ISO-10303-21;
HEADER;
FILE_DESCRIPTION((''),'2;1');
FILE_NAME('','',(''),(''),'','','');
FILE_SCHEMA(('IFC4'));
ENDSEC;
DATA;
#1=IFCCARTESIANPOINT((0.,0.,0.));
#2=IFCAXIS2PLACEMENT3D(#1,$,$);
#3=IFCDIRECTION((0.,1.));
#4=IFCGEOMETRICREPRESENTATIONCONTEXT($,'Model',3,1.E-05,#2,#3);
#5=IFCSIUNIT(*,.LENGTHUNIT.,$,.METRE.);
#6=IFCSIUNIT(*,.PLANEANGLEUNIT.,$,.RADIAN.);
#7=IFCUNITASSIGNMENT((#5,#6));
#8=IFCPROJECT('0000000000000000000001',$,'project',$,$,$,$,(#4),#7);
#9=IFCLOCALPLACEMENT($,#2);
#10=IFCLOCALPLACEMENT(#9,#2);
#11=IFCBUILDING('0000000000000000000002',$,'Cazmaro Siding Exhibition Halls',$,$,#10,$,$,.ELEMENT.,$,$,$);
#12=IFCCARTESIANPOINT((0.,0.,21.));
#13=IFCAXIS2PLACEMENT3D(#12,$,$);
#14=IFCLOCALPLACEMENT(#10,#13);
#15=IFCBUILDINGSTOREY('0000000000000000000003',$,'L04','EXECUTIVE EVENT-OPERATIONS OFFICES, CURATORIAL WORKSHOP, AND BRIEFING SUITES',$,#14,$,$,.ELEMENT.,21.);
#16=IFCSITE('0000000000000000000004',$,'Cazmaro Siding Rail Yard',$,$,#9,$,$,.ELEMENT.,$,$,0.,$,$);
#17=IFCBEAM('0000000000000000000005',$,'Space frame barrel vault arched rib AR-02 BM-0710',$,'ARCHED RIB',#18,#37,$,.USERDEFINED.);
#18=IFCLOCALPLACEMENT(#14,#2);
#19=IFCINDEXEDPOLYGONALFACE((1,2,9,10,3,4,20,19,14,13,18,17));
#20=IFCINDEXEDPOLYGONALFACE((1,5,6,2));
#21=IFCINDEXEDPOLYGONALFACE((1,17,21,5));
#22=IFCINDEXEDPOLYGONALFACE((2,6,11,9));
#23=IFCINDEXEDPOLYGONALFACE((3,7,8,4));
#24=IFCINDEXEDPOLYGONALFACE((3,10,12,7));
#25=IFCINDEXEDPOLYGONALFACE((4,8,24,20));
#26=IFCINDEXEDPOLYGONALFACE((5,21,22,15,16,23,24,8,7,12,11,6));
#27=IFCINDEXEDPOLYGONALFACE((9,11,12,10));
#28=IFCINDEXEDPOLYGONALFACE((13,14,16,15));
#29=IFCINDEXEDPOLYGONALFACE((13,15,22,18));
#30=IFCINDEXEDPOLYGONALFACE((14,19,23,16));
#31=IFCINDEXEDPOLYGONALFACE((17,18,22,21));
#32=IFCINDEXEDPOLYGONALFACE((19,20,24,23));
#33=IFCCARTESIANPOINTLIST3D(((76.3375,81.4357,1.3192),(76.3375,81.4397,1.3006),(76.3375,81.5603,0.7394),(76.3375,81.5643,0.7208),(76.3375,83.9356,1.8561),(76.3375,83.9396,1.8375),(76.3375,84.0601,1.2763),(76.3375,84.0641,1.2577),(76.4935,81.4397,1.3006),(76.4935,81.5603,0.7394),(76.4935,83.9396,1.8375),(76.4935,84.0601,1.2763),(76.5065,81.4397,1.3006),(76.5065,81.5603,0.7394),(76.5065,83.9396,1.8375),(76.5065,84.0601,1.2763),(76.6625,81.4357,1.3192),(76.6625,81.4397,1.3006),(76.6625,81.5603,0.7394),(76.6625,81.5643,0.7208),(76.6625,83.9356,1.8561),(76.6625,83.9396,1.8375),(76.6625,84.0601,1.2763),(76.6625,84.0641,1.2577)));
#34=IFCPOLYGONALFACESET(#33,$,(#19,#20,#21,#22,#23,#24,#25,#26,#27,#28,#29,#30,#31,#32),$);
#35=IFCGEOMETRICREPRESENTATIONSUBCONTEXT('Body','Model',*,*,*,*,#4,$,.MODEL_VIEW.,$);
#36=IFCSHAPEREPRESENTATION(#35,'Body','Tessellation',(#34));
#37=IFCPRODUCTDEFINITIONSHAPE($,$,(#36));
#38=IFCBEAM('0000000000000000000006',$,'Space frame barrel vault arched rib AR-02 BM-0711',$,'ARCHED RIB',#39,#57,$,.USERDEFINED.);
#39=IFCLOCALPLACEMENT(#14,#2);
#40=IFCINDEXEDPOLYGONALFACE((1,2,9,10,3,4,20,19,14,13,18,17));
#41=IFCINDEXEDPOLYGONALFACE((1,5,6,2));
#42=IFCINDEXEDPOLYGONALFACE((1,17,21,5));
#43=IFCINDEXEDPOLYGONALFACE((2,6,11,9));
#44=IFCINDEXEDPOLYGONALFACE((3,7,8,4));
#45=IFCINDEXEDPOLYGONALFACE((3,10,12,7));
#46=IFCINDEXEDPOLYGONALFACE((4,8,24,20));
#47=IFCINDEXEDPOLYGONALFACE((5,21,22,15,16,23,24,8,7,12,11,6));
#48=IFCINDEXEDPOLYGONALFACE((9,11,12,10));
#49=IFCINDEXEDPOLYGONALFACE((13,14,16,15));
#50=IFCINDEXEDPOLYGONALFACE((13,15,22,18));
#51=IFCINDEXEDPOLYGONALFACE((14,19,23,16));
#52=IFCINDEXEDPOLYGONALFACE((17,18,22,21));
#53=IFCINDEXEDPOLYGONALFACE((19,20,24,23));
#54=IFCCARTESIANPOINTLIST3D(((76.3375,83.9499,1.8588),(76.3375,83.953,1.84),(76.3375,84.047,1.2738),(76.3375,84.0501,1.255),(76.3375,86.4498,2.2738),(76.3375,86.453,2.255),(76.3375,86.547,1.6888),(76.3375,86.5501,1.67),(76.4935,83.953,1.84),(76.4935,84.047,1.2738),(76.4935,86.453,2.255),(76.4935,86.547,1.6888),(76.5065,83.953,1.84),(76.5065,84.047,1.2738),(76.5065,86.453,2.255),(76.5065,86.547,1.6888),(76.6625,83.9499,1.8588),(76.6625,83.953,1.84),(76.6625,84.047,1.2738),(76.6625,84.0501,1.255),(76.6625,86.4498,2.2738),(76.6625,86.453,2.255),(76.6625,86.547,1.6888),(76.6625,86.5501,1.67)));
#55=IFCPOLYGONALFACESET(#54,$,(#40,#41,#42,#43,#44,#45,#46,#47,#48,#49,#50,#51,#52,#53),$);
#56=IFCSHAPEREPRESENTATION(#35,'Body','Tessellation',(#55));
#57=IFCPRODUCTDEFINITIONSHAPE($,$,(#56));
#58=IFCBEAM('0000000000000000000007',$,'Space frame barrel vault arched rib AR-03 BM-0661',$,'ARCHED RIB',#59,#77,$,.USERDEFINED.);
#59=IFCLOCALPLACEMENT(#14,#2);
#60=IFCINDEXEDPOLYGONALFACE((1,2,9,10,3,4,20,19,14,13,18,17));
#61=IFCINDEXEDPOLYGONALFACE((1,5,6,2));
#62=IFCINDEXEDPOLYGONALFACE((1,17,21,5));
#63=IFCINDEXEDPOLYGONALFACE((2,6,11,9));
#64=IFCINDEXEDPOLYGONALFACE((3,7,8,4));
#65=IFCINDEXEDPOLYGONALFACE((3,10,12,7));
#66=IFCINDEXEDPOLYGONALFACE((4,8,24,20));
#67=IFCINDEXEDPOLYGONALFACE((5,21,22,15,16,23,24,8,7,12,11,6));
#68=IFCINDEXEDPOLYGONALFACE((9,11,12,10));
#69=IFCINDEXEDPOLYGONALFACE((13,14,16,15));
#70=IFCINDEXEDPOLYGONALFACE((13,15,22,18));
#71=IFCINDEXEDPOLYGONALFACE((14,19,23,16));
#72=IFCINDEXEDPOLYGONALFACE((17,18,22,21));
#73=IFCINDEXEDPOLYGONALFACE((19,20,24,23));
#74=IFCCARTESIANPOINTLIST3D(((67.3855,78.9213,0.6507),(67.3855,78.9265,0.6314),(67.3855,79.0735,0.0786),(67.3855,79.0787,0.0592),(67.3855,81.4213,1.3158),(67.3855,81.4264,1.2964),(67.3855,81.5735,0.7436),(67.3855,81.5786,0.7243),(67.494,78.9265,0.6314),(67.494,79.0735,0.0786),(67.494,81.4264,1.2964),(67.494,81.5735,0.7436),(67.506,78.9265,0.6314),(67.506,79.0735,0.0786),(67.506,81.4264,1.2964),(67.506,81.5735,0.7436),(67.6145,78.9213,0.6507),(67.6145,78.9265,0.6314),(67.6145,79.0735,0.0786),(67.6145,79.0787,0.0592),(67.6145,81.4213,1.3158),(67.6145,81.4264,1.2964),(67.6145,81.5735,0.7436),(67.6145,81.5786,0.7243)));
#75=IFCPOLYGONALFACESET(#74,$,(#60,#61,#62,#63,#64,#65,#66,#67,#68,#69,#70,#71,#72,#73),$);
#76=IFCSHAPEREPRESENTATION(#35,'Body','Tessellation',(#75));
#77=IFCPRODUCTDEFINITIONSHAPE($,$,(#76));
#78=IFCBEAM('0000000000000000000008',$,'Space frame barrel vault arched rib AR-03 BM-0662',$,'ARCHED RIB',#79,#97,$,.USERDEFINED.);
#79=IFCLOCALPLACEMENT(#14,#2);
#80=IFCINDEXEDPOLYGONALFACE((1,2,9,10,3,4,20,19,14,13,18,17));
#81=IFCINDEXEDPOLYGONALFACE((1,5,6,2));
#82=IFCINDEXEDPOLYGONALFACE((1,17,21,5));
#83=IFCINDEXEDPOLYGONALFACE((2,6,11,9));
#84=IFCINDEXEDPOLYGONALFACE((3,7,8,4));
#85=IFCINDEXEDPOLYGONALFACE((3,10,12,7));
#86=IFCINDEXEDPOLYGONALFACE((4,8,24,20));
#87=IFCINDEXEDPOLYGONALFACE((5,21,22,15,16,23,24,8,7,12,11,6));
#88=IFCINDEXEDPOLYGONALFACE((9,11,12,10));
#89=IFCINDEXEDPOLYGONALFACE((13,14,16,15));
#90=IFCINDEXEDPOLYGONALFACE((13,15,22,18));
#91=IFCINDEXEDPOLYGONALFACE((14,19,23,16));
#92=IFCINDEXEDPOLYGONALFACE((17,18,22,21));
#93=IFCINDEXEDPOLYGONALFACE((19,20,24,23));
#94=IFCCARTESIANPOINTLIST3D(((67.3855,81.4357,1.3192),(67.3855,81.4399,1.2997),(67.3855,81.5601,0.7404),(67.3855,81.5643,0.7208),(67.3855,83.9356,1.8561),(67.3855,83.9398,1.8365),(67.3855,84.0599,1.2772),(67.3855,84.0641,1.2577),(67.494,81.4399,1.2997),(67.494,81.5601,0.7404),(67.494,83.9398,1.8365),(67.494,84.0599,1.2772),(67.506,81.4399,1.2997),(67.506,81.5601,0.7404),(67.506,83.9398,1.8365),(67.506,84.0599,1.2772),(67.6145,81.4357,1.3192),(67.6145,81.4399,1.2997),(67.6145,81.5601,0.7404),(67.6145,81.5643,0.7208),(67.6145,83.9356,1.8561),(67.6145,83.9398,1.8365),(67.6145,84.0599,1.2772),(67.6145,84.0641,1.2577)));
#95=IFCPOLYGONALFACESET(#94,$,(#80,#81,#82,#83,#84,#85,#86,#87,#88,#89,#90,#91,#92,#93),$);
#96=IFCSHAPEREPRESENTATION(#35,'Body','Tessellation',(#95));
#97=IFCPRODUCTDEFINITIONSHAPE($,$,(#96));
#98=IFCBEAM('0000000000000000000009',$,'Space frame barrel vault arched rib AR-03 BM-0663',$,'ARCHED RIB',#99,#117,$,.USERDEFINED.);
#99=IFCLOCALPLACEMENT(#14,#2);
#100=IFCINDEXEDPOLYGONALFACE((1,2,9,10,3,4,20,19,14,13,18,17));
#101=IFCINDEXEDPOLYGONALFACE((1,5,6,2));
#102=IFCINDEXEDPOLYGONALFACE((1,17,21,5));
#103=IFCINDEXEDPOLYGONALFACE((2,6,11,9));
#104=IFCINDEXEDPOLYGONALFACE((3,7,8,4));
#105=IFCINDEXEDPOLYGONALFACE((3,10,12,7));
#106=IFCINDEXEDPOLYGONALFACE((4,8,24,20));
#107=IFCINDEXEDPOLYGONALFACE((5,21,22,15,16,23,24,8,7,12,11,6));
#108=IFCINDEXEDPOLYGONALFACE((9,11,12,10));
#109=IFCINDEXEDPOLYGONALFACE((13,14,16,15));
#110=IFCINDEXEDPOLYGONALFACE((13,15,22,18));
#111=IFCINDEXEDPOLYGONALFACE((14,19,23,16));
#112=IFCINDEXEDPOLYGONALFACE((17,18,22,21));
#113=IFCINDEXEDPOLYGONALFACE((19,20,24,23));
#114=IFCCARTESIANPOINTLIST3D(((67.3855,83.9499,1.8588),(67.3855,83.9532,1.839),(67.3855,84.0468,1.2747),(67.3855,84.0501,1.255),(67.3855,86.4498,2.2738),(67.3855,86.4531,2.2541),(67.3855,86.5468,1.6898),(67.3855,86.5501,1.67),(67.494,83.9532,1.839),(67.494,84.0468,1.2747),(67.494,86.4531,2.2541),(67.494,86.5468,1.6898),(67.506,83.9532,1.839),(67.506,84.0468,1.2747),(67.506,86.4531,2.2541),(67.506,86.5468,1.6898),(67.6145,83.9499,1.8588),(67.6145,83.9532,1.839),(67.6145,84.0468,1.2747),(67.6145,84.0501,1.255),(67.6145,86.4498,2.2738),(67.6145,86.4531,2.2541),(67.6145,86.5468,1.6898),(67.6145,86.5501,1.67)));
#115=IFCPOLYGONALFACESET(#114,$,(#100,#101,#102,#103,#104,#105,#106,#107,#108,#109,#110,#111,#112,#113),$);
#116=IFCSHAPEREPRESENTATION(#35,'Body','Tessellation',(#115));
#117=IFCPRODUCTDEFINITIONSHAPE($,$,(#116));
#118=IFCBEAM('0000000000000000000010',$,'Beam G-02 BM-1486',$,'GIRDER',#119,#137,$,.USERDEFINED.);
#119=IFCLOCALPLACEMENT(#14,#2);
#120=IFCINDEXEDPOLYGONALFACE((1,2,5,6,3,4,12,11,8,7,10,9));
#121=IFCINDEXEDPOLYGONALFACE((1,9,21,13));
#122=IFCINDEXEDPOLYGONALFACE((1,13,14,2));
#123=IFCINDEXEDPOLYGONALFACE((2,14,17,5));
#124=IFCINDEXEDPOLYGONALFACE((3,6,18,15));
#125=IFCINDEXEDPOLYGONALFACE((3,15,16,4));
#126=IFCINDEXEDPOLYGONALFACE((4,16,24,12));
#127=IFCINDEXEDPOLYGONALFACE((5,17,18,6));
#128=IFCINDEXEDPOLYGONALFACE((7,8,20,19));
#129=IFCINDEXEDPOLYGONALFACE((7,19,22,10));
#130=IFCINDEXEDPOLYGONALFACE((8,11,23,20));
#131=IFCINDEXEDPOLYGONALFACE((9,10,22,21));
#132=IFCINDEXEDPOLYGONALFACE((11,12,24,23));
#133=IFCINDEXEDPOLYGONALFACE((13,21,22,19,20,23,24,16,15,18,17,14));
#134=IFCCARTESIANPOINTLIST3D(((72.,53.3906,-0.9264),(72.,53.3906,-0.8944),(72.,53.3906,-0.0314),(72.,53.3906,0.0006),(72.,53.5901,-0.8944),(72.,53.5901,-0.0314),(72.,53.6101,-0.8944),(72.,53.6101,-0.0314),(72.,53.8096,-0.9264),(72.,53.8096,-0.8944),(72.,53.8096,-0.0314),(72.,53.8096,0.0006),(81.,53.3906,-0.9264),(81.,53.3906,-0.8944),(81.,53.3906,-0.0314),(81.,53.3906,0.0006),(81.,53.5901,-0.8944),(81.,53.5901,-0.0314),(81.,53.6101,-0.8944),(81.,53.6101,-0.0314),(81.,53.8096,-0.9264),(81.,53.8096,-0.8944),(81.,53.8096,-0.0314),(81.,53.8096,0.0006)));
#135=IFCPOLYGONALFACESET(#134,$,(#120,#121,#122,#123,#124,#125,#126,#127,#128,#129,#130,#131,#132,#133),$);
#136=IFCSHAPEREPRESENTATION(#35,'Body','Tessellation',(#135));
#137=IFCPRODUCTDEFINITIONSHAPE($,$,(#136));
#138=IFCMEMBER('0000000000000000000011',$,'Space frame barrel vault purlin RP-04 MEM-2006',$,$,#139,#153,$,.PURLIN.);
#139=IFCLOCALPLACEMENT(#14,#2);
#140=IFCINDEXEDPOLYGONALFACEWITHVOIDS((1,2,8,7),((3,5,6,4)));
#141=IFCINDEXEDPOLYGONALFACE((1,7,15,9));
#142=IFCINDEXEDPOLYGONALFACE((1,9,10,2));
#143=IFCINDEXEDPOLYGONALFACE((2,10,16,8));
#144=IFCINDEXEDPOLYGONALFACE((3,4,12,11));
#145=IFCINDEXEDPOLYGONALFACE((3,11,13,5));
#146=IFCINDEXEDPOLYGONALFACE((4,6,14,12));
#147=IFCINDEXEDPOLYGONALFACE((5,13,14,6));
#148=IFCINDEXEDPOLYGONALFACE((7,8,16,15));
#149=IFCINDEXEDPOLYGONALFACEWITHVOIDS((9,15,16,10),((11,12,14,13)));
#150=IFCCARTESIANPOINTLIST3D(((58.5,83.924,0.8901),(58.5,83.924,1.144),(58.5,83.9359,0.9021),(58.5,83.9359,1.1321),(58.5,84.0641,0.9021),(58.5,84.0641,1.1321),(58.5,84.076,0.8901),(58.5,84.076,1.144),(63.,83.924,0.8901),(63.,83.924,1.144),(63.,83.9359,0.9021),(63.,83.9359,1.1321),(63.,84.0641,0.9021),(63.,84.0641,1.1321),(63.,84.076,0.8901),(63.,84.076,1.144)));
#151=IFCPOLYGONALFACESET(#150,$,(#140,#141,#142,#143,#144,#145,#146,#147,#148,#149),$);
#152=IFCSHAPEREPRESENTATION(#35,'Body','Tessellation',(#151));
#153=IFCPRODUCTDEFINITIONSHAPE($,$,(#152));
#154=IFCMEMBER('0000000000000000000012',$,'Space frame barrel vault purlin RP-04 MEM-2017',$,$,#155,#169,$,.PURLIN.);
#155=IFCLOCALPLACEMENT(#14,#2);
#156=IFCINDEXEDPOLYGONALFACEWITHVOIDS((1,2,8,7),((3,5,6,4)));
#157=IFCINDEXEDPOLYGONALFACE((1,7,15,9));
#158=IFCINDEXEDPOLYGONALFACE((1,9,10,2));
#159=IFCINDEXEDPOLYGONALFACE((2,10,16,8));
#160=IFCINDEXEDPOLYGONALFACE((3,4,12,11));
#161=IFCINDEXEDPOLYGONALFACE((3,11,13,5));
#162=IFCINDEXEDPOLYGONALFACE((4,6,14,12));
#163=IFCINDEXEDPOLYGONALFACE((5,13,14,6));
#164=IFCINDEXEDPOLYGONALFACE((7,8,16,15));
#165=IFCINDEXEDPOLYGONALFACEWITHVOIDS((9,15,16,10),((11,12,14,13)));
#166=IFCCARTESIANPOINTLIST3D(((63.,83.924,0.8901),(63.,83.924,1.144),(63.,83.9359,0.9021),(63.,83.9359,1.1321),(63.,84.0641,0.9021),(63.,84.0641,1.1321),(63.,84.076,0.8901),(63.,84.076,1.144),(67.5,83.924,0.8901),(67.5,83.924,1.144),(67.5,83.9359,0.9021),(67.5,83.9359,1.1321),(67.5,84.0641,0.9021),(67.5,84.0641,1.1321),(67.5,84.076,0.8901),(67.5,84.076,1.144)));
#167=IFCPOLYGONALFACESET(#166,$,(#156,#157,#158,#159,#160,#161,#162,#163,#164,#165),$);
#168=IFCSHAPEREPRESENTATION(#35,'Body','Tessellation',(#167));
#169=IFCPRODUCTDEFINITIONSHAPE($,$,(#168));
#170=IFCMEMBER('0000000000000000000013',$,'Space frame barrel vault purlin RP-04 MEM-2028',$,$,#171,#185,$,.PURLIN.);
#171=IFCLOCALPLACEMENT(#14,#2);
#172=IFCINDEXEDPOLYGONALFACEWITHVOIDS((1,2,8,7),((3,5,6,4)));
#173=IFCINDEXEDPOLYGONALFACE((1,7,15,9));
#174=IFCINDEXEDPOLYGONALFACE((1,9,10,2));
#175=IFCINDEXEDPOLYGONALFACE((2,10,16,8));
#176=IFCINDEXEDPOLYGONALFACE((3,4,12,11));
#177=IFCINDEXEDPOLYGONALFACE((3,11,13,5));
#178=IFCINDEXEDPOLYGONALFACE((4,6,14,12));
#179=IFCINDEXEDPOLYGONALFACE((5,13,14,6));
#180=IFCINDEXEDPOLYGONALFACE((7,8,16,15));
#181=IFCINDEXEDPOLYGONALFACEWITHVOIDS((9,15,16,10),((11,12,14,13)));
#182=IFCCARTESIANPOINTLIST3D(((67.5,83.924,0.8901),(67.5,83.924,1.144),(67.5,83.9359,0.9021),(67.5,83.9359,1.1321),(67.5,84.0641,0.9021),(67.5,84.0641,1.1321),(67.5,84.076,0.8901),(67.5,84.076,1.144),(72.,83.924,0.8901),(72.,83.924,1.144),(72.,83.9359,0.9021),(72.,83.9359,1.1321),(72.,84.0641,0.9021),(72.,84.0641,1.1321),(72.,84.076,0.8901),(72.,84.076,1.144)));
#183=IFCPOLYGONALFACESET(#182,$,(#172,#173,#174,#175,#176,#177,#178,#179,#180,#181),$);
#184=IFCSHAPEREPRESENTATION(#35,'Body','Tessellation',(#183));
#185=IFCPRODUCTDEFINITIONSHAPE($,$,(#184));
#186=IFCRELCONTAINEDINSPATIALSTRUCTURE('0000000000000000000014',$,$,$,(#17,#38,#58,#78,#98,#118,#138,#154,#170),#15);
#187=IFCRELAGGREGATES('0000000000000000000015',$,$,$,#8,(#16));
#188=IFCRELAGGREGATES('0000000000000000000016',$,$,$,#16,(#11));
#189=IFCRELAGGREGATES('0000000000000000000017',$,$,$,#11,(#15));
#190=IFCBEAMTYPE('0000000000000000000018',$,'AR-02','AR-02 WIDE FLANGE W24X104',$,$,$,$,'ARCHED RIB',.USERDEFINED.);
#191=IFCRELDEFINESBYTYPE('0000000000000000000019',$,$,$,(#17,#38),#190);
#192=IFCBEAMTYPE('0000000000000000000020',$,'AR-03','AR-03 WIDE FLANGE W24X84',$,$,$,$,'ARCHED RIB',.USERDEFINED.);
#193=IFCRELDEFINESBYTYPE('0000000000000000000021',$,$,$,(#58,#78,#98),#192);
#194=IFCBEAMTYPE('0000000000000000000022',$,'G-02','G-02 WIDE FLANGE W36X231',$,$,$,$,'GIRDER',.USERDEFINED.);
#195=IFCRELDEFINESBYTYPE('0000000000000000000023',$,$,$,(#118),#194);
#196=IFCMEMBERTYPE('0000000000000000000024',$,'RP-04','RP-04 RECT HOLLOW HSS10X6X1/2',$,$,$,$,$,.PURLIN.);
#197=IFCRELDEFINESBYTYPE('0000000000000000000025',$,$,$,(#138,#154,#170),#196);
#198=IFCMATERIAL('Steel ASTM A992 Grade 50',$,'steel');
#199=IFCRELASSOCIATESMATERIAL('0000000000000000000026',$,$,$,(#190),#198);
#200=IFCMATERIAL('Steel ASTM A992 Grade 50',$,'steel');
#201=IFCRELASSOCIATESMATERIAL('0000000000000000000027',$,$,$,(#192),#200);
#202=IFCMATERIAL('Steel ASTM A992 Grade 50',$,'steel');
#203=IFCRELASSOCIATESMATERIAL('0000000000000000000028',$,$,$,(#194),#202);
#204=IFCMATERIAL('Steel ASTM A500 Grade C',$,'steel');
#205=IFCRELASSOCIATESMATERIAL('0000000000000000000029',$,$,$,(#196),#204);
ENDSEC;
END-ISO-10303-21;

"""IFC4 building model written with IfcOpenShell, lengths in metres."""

from ifc_helpers import new_model, si_unit, direction, frame, origin, origin_2d, place, context, subcontext, project, spatial, hollow_rectangle, i_section, extrude, material, material_profile, profile_set, type_object, element, save


model = new_model("IFC4")

# Units and contexts
model_context = context("Model", 3, precision=1e-05, world=origin(), true_north=direction((0.0, 1.0)))
body_context = subcontext(model_context, "Body", "Model", "MODEL_VIEW")
ifc_project = project(units=[si_unit("LENGTHUNIT", "METRE"), si_unit("PLANEANGLEUNIT", "RADIAN")], contexts=[model_context])

# Site, building, storey
site_placement = place(None, origin())
site = spatial("IfcSite", under=ifc_project, at=site_placement, Name="Cazmaro Siding Rail Yard", CompositionType="ELEMENT", RefElevation=0.0)
building_placement = place(site_placement, origin())
building = spatial("IfcBuilding", under=site, at=building_placement, Name="Cazmaro Siding Exhibition Halls", CompositionType="ELEMENT")
storey_placement = place(building_placement, frame((0.0, 0.0, 21.0)))
storey = spatial("IfcBuildingStorey", under=building, at=storey_placement, Name="L04", Description="EXECUTIVE EVENT-OPERATIONS OFFICES, CURATORIAL WORKSHOP, AND BRIEFING SUITES", CompositionType="ELEMENT", Elevation=21.0)

# Beams
ifc_material_1 = material(Name="Steel ASTM A992 Grade 50", Category="steel")
ifc_material_profile_1 = material_profile(ifc_material_1, i_section(OverallWidth=0.325, OverallDepth=0.6121, WebThickness=0.0129, FlangeThickness=0.019, at=origin_2d()), Name="W24X104")
ifc_profile_set_1 = profile_set([ifc_material_profile_1], Name="Steel ASTM A992 Grade 50")
beam_type_1 = type_object("IfcBeamType", Name="AR-02", Description="AR-02 WIDE FLANGE W24X104", ElementType="ARCHED RIB", PredefinedType="USERDEFINED", material=ifc_profile_set_1)
beam_1_placement = place(storey_placement, frame((76.5, 81.5, 1.02), z_axis=(0.0, 0.97771, 0.209959), x_axis=(-1.0, 0.0, 0.0)))
element("IfcBeam", 1, at=beam_1_placement, inside=storey, type_object=beam_type_1, Name="Space frame barrel vault arched rib AR-02 BM-0710", ObjectType="ARCHED RIB", PredefinedType="USERDEFINED", context=body_context, shape_type="SweptSolid", body=[
    extrude(i_section(OverallWidth=0.325, OverallDepth=0.6121, WebThickness=0.0129, FlangeThickness=0.019, at=origin_2d()), origin(), (0.0, 0.0, 1.0), 2.5569),
])
beam_2_placement = place(storey_placement, frame((76.5, 84.0, 1.5569), z_axis=(0.0, 0.986498, 0.163774), x_axis=(-1.0, 0.0, 0.0)))
element("IfcBeam", 2, at=beam_2_placement, inside=storey, type_object=beam_type_1, Name="Space frame barrel vault arched rib AR-02 BM-0711", ObjectType="ARCHED RIB", PredefinedType="USERDEFINED", context=body_context, shape_type="SweptSolid", body=[
    extrude(i_section(OverallWidth=0.325, OverallDepth=0.6121, WebThickness=0.0129, FlangeThickness=0.019, at=origin_2d()), origin(), (0.0, 0.0, 1.0), 2.5342),
])
ifc_material_2 = material(Name="Steel ASTM A992 Grade 50", Category="steel")
ifc_material_profile_2 = material_profile(ifc_material_2, i_section(OverallWidth=0.229, OverallDepth=0.6121, WebThickness=0.012, FlangeThickness=0.02, at=origin_2d()), Name="W24X84")
ifc_profile_set_2 = profile_set([ifc_material_profile_2], Name="Steel ASTM A992 Grade 50")
beam_type_2 = type_object("IfcBeamType", Name="AR-03", Description="AR-03 WIDE FLANGE W24X84", ElementType="ARCHED RIB", PredefinedType="USERDEFINED", material=ifc_profile_set_2)
beam_3_placement = place(storey_placement, frame((67.5, 79.0, 0.355), z_axis=(0.0, 0.966391, 0.257075), x_axis=(-1.0, 0.0, 0.0)))
element("IfcBeam", 3, at=beam_3_placement, inside=storey, type_object=beam_type_2, Name="Space frame barrel vault arched rib AR-03 BM-0661", ObjectType="ARCHED RIB", PredefinedType="USERDEFINED", context=body_context, shape_type="SweptSolid", body=[
    extrude(i_section(OverallWidth=0.229, OverallDepth=0.6121, WebThickness=0.012, FlangeThickness=0.02, at=origin_2d()), origin(), (0.0, 0.0, 1.0), 2.5869),
])
beam_4_placement = place(storey_placement, frame((67.5, 81.5, 1.02), z_axis=(0.0, 0.97771, 0.209959), x_axis=(-1.0, 0.0, 0.0)))
element("IfcBeam", 4, at=beam_4_placement, inside=storey, type_object=beam_type_2, Name="Space frame barrel vault arched rib AR-03 BM-0662", ObjectType="ARCHED RIB", PredefinedType="USERDEFINED", context=body_context, shape_type="SweptSolid", body=[
    extrude(i_section(OverallWidth=0.229, OverallDepth=0.6121, WebThickness=0.012, FlangeThickness=0.02, at=origin_2d()), origin(), (0.0, 0.0, 1.0), 2.5569),
])
beam_5_placement = place(storey_placement, frame((67.5, 84.0, 1.5569), z_axis=(0.0, 0.986498, 0.163774), x_axis=(-1.0, 0.0, 0.0)))
element("IfcBeam", 5, at=beam_5_placement, inside=storey, type_object=beam_type_2, Name="Space frame barrel vault arched rib AR-03 BM-0663", ObjectType="ARCHED RIB", PredefinedType="USERDEFINED", context=body_context, shape_type="SweptSolid", body=[
    extrude(i_section(OverallWidth=0.229, OverallDepth=0.6121, WebThickness=0.012, FlangeThickness=0.02, at=origin_2d()), origin(), (0.0, 0.0, 1.0), 2.5342),
])
ifc_material_3 = material(Name="Steel ASTM A992 Grade 50", Category="steel")
ifc_material_profile_3 = material_profile(ifc_material_3, i_section(OverallWidth=0.4189, OverallDepth=0.927, WebThickness=0.02, FlangeThickness=0.032, at=origin_2d()), Name="W36X231")
ifc_profile_set_3 = profile_set([ifc_material_profile_3], Name="Steel ASTM A992 Grade 50")
beam_type_3 = type_object("IfcBeamType", Name="G-02", Description="G-02 WIDE FLANGE W36X231", ElementType="GIRDER", PredefinedType="USERDEFINED", material=ifc_profile_set_3)
beam_6_placement = place(storey_placement, frame((72.0, 53.6001, -0.4629), z_axis=(1.0, 0.0, 0.0), x_axis=(0.0, 1.0, 0.0)))
element("IfcBeam", 6, at=beam_6_placement, inside=storey, type_object=beam_type_3, Name="Beam G-02 BM-1486", ObjectType="GIRDER", PredefinedType="USERDEFINED", context=body_context, shape_type="SweptSolid", body=[
    extrude(i_section(OverallWidth=0.4189, OverallDepth=0.927, WebThickness=0.02, FlangeThickness=0.032, at=origin_2d()), origin(), (0.0, 0.0, 1.0), 9.0),
])

# Members
ifc_material_4 = material(Name="Steel ASTM A500 Grade C", Category="steel")
ifc_material_profile_4 = material_profile(ifc_material_4, hollow_rectangle(XDim=0.1521, YDim=0.2539, WallThickness=0.012, at=origin_2d()), Name="HSS10X6X1/2")
ifc_profile_set_4 = profile_set([ifc_material_profile_4], Name="Steel ASTM A500 Grade C")
member_type_1 = type_object("IfcMemberType", Name="RP-04", Description="RP-04 RECT HOLLOW HSS10X6X1/2", PredefinedType="PURLIN", material=ifc_profile_set_4)
for number, where, z_axis, x_axis, name in (
    (7, (58.5, 84.0, 1.0171), (1.0, 0.0, 0.0), (0.0, 1.0, 0.0), "Space frame barrel vault purlin RP-04 MEM-2006"),
    (8, (63.0, 84.0, 1.0171), (1.0, 0.0, 0.0), (0.0, 1.0, 0.0), "Space frame barrel vault purlin RP-04 MEM-2017"),
    (9, (67.5, 84.0, 1.0171), (1.0, 0.0, 0.0), (0.0, 1.0, 0.0), "Space frame barrel vault purlin RP-04 MEM-2028"),
):
    element("IfcMember", number, at=place(storey_placement, frame(where, z_axis=z_axis, x_axis=x_axis)), inside=storey, type_object=member_type_1, Name=name, PredefinedType="PURLIN", context=body_context, shape_type="SweptSolid", body=[
        extrude(hollow_rectangle(XDim=0.1521, YDim=0.2539, WallThickness=0.012, at=origin_2d()), origin(), (0.0, 0.0, 1.0), 4.5),
    ])

save(model, "model.ifc")
